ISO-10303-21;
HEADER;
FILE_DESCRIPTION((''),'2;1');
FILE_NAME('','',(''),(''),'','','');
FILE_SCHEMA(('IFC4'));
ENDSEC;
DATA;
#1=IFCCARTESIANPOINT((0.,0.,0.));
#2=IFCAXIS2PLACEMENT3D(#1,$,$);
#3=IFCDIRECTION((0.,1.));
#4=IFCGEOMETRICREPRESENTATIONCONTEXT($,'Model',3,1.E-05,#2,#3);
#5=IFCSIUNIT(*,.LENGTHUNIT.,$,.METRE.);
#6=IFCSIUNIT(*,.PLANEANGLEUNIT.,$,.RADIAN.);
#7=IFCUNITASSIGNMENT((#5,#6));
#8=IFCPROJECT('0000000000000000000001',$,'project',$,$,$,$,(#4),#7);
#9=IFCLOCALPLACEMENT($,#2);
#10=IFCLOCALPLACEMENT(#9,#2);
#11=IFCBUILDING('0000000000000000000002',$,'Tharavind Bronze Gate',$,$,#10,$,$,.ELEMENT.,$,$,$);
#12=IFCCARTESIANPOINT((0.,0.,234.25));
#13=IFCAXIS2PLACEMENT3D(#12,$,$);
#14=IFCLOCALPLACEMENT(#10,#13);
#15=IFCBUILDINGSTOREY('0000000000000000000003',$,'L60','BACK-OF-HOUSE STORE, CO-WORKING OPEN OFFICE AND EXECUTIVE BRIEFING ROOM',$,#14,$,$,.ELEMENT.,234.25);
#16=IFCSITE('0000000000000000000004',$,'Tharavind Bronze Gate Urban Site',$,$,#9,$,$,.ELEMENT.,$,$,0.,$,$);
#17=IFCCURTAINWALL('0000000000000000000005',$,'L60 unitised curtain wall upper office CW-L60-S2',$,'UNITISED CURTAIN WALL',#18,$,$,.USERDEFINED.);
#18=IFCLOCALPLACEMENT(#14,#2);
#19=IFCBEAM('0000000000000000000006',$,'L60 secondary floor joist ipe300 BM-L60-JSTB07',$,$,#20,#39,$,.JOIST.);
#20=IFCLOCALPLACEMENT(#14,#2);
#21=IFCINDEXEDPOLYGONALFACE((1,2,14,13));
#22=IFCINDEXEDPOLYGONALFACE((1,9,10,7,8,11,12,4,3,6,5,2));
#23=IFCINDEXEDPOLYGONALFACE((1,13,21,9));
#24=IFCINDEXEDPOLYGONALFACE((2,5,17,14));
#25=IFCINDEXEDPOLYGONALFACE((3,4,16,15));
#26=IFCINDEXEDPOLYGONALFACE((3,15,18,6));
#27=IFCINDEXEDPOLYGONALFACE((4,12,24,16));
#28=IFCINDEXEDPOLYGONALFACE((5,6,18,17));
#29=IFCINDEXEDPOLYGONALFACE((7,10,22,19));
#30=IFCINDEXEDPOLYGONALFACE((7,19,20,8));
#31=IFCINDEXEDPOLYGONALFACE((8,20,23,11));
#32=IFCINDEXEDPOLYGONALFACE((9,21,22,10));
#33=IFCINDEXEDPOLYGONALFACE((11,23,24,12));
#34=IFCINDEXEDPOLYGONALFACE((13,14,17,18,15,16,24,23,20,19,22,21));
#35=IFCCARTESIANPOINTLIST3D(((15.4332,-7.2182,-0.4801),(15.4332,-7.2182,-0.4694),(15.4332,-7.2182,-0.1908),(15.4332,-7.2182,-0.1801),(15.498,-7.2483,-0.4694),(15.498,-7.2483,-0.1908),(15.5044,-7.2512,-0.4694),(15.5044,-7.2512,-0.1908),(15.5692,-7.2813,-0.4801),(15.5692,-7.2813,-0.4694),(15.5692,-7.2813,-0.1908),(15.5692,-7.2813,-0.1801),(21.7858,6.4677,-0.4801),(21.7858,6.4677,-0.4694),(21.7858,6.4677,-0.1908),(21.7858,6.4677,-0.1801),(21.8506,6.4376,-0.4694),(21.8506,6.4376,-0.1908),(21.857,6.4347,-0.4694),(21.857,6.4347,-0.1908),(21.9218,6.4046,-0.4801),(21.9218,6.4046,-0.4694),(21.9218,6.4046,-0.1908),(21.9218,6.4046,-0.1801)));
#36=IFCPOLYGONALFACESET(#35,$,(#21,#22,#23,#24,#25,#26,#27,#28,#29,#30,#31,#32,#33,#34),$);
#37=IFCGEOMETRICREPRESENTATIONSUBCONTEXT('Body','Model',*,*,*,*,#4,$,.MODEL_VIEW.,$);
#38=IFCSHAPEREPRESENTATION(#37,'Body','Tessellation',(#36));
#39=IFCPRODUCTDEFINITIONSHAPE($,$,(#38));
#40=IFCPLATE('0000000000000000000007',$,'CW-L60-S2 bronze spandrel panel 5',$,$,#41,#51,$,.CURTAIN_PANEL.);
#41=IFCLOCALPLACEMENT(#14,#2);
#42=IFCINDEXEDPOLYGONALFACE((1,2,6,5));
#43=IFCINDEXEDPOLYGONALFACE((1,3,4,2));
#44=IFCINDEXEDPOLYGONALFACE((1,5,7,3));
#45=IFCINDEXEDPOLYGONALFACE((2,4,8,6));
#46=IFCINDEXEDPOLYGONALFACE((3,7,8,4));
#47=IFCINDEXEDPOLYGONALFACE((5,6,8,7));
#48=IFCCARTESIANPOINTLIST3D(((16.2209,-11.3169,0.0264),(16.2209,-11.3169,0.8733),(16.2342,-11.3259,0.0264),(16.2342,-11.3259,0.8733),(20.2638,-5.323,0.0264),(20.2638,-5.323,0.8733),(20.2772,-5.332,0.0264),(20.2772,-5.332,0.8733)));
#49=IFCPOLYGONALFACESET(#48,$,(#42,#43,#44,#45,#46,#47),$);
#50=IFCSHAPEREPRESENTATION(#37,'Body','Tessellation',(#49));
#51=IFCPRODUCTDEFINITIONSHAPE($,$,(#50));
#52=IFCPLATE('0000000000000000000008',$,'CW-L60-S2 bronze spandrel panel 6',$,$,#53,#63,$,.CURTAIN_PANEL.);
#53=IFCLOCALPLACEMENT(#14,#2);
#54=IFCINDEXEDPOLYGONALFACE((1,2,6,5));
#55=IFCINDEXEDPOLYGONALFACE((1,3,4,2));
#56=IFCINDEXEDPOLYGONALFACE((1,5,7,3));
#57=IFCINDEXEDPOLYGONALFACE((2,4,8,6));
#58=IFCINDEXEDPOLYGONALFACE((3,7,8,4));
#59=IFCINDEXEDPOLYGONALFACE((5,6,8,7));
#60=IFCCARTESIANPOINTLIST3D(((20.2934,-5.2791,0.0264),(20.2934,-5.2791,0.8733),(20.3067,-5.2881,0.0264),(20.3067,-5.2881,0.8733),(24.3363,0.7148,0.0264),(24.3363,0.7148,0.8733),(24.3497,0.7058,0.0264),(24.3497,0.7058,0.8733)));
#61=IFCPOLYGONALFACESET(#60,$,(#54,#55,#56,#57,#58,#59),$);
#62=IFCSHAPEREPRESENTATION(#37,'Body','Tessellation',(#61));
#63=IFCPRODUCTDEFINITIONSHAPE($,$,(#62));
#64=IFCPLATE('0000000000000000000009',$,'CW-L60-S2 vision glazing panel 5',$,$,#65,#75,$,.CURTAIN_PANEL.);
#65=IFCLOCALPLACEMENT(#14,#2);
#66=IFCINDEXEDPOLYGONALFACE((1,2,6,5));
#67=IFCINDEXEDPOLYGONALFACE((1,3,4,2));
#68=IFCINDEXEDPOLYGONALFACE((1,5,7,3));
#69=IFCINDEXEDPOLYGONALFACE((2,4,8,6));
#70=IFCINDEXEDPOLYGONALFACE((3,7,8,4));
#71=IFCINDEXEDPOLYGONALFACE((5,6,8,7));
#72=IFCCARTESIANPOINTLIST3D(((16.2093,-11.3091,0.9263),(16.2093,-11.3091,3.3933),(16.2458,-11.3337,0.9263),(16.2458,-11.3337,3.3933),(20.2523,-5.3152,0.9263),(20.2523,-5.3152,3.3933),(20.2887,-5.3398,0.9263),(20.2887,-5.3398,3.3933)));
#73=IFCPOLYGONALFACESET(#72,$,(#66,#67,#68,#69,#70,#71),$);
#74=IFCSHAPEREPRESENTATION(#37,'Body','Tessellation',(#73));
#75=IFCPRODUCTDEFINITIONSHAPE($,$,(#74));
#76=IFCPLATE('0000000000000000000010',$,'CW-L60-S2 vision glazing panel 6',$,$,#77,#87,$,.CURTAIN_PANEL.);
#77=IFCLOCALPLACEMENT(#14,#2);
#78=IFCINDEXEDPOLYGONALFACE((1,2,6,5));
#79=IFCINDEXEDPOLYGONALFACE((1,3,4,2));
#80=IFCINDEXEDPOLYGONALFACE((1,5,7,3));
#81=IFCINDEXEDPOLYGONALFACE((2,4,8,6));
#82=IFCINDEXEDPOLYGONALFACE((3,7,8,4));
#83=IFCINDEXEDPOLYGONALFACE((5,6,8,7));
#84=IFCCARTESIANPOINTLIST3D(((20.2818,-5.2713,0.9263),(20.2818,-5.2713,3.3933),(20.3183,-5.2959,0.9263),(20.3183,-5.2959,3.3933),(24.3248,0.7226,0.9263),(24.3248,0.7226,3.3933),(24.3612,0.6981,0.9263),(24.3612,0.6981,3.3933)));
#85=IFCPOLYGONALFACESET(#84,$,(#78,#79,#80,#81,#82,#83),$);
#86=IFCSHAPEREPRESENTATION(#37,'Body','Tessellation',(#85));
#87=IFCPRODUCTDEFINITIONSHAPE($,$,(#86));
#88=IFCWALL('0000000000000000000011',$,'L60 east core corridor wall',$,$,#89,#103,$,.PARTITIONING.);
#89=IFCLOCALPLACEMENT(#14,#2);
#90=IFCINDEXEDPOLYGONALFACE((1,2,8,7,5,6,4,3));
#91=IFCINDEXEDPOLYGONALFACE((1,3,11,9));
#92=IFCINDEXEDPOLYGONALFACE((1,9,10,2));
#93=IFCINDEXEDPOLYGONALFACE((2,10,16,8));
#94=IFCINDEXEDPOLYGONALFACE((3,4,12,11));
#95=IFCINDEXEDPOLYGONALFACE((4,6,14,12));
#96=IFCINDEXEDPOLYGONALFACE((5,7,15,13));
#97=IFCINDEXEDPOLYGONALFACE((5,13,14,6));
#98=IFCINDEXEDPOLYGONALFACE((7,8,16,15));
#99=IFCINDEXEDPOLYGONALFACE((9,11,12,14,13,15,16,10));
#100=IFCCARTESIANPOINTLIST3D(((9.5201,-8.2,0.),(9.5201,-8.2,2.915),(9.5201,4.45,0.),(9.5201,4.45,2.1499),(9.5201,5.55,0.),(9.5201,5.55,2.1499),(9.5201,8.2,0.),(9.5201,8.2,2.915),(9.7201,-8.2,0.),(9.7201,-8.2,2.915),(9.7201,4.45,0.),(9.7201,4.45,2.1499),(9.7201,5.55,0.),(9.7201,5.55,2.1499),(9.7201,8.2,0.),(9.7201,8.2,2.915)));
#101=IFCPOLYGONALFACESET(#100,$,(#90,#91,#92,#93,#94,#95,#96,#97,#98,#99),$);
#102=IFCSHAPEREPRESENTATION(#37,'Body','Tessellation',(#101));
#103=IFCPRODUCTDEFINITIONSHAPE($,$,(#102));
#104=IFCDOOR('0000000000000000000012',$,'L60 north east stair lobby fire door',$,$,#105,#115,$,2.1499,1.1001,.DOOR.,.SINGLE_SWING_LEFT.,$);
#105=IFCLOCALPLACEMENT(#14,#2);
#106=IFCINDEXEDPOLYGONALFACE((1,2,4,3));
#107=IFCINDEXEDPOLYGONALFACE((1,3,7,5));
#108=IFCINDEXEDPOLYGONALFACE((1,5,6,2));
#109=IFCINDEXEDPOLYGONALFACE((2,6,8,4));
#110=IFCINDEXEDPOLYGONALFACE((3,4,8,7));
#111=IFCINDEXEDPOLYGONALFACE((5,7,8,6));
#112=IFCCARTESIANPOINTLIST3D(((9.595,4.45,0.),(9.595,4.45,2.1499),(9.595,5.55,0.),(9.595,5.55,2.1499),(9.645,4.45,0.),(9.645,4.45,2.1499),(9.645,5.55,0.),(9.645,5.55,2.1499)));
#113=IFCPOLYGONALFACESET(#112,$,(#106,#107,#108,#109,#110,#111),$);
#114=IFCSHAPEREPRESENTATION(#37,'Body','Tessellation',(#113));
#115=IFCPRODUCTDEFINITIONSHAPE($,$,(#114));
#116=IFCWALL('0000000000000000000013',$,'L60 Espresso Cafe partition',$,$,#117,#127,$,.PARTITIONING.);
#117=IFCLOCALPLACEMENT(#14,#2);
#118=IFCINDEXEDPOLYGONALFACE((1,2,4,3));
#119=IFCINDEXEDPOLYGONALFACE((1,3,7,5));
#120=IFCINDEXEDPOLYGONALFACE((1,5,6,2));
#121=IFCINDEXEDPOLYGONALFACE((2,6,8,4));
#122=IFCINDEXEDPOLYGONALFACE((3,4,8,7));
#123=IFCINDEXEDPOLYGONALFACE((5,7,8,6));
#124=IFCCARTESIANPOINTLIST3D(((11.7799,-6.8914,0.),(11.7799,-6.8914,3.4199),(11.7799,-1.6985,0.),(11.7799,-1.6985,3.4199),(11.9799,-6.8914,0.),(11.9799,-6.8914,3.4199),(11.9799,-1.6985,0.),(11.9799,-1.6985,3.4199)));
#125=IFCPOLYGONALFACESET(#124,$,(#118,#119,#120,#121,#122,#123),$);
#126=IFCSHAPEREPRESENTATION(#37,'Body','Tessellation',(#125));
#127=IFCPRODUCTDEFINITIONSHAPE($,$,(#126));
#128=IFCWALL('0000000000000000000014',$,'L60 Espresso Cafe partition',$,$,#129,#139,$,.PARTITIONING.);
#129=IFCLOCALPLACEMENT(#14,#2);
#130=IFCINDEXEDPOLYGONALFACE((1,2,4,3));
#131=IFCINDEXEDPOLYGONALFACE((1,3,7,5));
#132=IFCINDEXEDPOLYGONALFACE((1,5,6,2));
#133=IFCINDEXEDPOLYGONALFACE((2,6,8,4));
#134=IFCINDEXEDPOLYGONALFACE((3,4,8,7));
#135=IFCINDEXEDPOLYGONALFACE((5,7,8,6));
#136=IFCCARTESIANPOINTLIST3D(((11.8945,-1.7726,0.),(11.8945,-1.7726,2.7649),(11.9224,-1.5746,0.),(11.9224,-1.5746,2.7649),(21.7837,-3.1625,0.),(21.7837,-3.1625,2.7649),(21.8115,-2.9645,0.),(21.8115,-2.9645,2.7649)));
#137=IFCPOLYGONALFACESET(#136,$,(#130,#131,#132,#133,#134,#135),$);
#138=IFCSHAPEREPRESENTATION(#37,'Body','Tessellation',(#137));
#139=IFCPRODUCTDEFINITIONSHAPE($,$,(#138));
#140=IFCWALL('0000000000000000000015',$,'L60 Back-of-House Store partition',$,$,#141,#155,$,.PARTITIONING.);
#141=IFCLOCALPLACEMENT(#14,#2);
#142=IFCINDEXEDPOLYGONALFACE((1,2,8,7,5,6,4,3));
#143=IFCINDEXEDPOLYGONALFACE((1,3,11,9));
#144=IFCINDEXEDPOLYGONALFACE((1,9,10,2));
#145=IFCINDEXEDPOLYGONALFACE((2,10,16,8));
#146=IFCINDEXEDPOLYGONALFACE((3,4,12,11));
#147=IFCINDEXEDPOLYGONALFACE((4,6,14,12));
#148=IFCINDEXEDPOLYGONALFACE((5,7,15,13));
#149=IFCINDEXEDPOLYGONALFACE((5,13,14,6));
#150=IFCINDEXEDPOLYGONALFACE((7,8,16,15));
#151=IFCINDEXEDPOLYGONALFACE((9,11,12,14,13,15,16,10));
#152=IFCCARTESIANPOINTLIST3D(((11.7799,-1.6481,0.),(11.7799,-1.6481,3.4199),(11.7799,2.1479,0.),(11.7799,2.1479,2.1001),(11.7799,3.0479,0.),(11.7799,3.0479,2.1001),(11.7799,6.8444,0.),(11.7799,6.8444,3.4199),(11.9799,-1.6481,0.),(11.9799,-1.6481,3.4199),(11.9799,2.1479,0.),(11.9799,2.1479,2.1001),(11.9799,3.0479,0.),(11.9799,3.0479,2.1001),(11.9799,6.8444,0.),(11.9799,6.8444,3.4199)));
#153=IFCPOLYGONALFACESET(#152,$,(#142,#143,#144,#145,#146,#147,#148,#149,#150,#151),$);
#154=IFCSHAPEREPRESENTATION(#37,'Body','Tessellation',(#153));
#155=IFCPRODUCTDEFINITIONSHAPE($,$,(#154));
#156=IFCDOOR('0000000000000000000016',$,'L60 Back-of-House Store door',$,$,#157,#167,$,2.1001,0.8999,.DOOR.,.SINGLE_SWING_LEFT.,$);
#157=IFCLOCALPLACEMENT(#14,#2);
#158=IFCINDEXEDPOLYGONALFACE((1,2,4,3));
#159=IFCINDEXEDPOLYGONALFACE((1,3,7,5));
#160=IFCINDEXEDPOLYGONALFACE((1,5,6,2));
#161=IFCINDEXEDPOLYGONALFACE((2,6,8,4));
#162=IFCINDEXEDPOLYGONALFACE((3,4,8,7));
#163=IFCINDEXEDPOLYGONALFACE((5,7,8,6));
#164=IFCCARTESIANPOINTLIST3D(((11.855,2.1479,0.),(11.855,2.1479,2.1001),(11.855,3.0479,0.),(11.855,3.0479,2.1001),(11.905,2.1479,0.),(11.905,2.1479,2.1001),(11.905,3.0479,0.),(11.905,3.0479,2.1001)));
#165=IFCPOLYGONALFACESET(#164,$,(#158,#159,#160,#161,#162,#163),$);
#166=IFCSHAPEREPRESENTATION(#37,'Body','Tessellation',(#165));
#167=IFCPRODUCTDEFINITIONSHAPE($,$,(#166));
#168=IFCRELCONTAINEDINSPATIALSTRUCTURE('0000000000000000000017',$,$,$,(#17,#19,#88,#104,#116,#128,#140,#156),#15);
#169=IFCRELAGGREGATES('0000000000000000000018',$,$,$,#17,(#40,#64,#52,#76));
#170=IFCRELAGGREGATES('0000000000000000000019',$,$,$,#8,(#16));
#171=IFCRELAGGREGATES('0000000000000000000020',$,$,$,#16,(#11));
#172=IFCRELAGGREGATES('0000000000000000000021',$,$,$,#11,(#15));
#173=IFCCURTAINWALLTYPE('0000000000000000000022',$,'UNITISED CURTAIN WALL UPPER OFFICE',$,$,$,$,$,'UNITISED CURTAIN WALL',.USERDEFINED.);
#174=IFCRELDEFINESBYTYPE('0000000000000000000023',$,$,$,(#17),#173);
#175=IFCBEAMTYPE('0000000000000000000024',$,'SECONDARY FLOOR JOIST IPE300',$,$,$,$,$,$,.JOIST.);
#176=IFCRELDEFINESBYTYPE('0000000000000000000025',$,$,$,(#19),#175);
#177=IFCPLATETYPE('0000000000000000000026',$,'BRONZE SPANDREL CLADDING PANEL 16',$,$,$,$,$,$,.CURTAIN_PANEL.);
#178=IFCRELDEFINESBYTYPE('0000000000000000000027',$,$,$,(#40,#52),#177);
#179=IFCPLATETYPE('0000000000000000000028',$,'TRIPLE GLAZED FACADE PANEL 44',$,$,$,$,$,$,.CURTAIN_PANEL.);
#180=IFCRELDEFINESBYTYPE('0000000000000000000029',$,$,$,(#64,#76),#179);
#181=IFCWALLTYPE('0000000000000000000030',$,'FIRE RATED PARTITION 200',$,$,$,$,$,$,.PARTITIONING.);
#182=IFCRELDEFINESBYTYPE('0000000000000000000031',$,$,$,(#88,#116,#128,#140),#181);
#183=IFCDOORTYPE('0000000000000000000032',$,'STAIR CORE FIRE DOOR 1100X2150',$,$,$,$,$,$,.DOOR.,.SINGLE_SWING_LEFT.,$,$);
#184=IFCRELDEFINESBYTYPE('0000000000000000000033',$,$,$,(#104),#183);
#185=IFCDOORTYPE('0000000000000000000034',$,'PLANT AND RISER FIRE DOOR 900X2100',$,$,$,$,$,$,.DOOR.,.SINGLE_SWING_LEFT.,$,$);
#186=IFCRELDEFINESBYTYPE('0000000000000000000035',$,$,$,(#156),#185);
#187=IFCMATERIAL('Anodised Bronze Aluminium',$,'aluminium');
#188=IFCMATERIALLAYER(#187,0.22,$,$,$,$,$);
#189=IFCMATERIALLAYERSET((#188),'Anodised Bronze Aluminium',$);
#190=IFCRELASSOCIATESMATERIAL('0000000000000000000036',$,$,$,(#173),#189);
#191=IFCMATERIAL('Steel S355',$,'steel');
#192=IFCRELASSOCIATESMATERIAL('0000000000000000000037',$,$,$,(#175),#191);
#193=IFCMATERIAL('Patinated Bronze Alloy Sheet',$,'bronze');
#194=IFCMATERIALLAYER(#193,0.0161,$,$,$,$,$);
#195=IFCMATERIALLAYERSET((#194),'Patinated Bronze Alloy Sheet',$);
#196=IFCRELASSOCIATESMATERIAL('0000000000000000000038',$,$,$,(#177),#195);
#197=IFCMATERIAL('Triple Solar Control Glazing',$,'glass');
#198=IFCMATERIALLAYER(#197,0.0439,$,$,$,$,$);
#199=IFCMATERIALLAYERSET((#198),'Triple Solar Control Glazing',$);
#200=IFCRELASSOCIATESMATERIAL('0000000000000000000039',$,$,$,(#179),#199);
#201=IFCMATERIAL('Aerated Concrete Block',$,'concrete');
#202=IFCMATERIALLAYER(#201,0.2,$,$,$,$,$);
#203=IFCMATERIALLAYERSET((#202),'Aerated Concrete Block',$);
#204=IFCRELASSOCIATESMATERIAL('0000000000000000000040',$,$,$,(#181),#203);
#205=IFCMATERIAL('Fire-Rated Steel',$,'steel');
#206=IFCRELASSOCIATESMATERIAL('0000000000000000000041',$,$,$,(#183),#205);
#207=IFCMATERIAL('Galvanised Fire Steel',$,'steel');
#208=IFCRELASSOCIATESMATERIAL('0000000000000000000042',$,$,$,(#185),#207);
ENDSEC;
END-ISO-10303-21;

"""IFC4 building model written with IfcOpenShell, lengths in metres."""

from ifc_helpers import new_model, si_unit, direction, frame, frame_2d, origin, origin_2d, place, context, subcontext, project, spatial, rectangle, i_section, extrude, material, layer, layer_set, material_profile, profile_set, type_object, element, fill, aggregate, save


model = new_model("IFC4")

# Units and contexts
model_context = context("Model", 3, precision=1e-05, world=origin(), true_north=direction((0.0, 1.0)))
body_context = subcontext(model_context, "Body", "Model", "MODEL_VIEW")
ifc_project = project(units=[si_unit("LENGTHUNIT", "METRE"), si_unit("PLANEANGLEUNIT", "RADIAN")], contexts=[model_context])

# Site, building, storey
site_placement = place(None, origin())
site = spatial("IfcSite", under=ifc_project, at=site_placement, Name="Tharavind Bronze Gate Urban Site", CompositionType="ELEMENT", RefElevation=0.0)
building_placement = place(site_placement, origin())
building = spatial("IfcBuilding", under=site, at=building_placement, Name="Tharavind Bronze Gate", CompositionType="ELEMENT")
storey_placement = place(building_placement, frame((0.0, 0.0, 234.25)))
storey = spatial("IfcBuildingStorey", under=building, at=storey_placement, Name="L60", Description="BACK-OF-HOUSE STORE, CO-WORKING OPEN OFFICE AND EXECUTIVE BRIEFING ROOM", CompositionType="ELEMENT", Elevation=234.25)

# Curtain wall
ifc_material_1 = material(Name="Anodised Bronze Aluminium", Category="aluminium")
ifc_layer_1 = layer(ifc_material_1, 0.22)
ifc_layer_set_1 = layer_set([ifc_layer_1], Name="Anodised Bronze Aluminium")
curtain_wall_type = type_object("IfcCurtainWallType", Name="UNITISED CURTAIN WALL UPPER OFFICE", ElementType="UNITISED CURTAIN WALL", PredefinedType="USERDEFINED", material=ifc_layer_set_1)
curtain_wall_placement = place(storey_placement, origin())
curtain_wall = element("IfcCurtainWall", 1, at=curtain_wall_placement, inside=storey, type_object=curtain_wall_type, Name="L60 unitised curtain wall upper office CW-L60-S2", ObjectType="UNITISED CURTAIN WALL", PredefinedType="USERDEFINED")

# Beam
ifc_material_2 = material(Name="Steel S355", Category="steel")
ifc_material_profile_1 = material_profile(ifc_material_2, i_section(OverallWidth=0.1499, OverallDepth=0.3, WebThickness=0.0071, FlangeThickness=0.0107, at=origin_2d()), Name="IPE300")
ifc_profile_set_1 = profile_set([ifc_material_profile_1], Name="Steel S355")
beam_type_1 = type_object("IfcBeamType", Name="SECONDARY FLOOR JOIST IPE300", PredefinedType="JOIST", material=ifc_profile_set_1)
beam_1_placement = place(storey_placement, frame((15.5012, -7.2498, -0.3301), z_axis=(0.421025, 0.907049, 0.0), x_axis=(-0.907049, 0.421025, 0.0)))
element("IfcBeam", 2, at=beam_1_placement, inside=storey, type_object=beam_type_1, Name="L60 secondary floor joist ipe300 BM-L60-JSTB07", PredefinedType="JOIST", context=body_context, shape_type="SweptSolid", body=[
    extrude(i_section(OverallWidth=0.1499, OverallDepth=0.3, WebThickness=0.0071, FlangeThickness=0.0107, at=origin_2d()), origin(), (0.0, 0.0, 1.0), 15.0884),
])

# Plates
ifc_material_3 = material(Name="Patinated Bronze Alloy Sheet", Category="bronze")
ifc_layer_2 = layer(ifc_material_3, 0.0161)
ifc_layer_set_2 = layer_set([ifc_layer_2], Name="Patinated Bronze Alloy Sheet")
plate_type_1 = type_object("IfcPlateType", Name="BRONZE SPANDREL CLADDING PANEL 16", PredefinedType="CURTAIN_PANEL", material=ifc_layer_set_2)
plate_1_placement = place(storey_placement, frame((18.249, -8.3245, 0.0264), z_axis=(0.0, 0.0, 1.0), x_axis=(0.559193, 0.829038, 0.0)))
plate_1 = element("IfcPlate", 3, at=plate_1_placement, type_object=plate_type_1, Name="CW-L60-S2 bronze spandrel panel 5", PredefinedType="CURTAIN_PANEL", context=body_context, shape_type="SweptSolid", body=[
    extrude(rectangle(XDim=7.23, YDim=0.0161, at=origin_2d()), origin(), (0.0, 0.0, 1.0), 0.8469),
])
plate_2_placement = place(storey_placement, frame((22.3215, -2.2866, 0.0264), z_axis=(0.0, 0.0, 1.0), x_axis=(0.559193, 0.829038, 0.0)))
plate_2 = element("IfcPlate", 4, at=plate_2_placement, type_object=plate_type_1, Name="CW-L60-S2 bronze spandrel panel 6", PredefinedType="CURTAIN_PANEL", context=body_context, shape_type="SweptSolid", body=[
    extrude(rectangle(XDim=7.23, YDim=0.0161, at=origin_2d()), origin(), (0.0, 0.0, 1.0), 0.8469),
])
ifc_material_4 = material(Name="Triple Solar Control Glazing", Category="glass")
ifc_layer_3 = layer(ifc_material_4, 0.0439)
ifc_layer_set_3 = layer_set([ifc_layer_3], Name="Triple Solar Control Glazing")
plate_type_2 = type_object("IfcPlateType", Name="TRIPLE GLAZED FACADE PANEL 44", PredefinedType="CURTAIN_PANEL", material=ifc_layer_set_3)
plate_3_placement = place(storey_placement, frame((18.249, -8.3245, 0.9263), z_axis=(0.0, 0.0, 1.0), x_axis=(0.559193, 0.829038, 0.0)))
plate_3 = element("IfcPlate", 5, at=plate_3_placement, type_object=plate_type_2, Name="CW-L60-S2 vision glazing panel 5", PredefinedType="CURTAIN_PANEL", context=body_context, shape_type="SweptSolid", body=[
    extrude(rectangle(XDim=7.23, YDim=0.0439, at=origin_2d()), origin(), (0.0, 0.0, 1.0), 2.467),
])
plate_4_placement = place(storey_placement, frame((22.3215, -2.2866, 0.9263), z_axis=(0.0, 0.0, 1.0), x_axis=(0.559193, 0.829038, 0.0)))
plate_4 = element("IfcPlate", 6, at=plate_4_placement, type_object=plate_type_2, Name="CW-L60-S2 vision glazing panel 6", PredefinedType="CURTAIN_PANEL", context=body_context, shape_type="SweptSolid", body=[
    extrude(rectangle(XDim=7.23, YDim=0.0439, at=origin_2d()), origin(), (0.0, 0.0, 1.0), 2.467),
])
aggregate(curtain_wall, [plate_1, plate_3, plate_2, plate_4])

# Wall, opening, door
ifc_material_5 = material(Name="Aerated Concrete Block", Category="concrete")
ifc_layer_4 = layer(ifc_material_5, 0.2)
ifc_layer_set_4 = layer_set([ifc_layer_4], Name="Aerated Concrete Block")
wall_type_1 = type_object("IfcWallType", Name="FIRE RATED PARTITION 200", PredefinedType="PARTITIONING", material=ifc_layer_set_4)
wall_1_placement = place(storey_placement, frame((9.6201, -8.2, 0.0), z_axis=(0.0, 0.0, 1.0), x_axis=(0.0, 1.0, 0.0)))
wall_1 = element("IfcWall", 7, at=wall_1_placement, inside=storey, type_object=wall_type_1, Name="L60 east core corridor wall", PredefinedType="PARTITIONING", context=body_context, shape_type="SweptSolid", body=[
    extrude(rectangle(XDim=16.3999, YDim=0.2, at=frame_2d((8.2, 0.0))), origin(), (0.0, 0.0, 1.0), 2.915),
])
opening_1_placement = place(wall_1_placement, frame((12.6499, 0.0, 0.0)))
opening_1 = element("IfcOpeningElement", 8, at=opening_1_placement, cuts=wall_1, PredefinedType="OPENING", context=body_context, shape_type="SweptSolid", body=[
    extrude(rectangle(XDim=1.1001, YDim=2.1499, at=frame_2d((0.55, 1.075))), frame((0.0, 0.1101, 0.0), z_axis=(0.0, -1.0, 0.0), x_axis=(1.0, 0.0, 0.0)), (0.0, 0.0, 1.0), 0.22),
])
ifc_material_6 = material(Name="Fire-Rated Steel", Category="steel")
door_type_1 = type_object("IfcDoorType", Name="STAIR CORE FIRE DOOR 1100X2150", OperationType="SINGLE_SWING_LEFT", PredefinedType="DOOR", material=ifc_material_6)
door_1_placement = place(opening_1_placement, frame((1.1001, 0.0, 0.0), z_axis=(0.0, 0.0, 1.0), x_axis=(-1.0, 0.0, 0.0)))
door_1 = element("IfcDoor", 9, at=door_1_placement, inside=storey, type_object=door_type_1, Name="L60 north east stair lobby fire door", OperationType="SINGLE_SWING_LEFT", OverallHeight=2.1499, OverallWidth=1.1001, PredefinedType="DOOR", context=body_context, shape_type="SweptSolid", body=[
    extrude(rectangle(XDim=1.1001, YDim=2.1499, at=frame_2d((0.55, 1.075))), frame((0.0, 0.0249, 0.0), z_axis=(0.0, -1.0, 0.0), x_axis=(1.0, 0.0, 0.0)), (0.0, 0.0, 1.0), 0.05),
])
fill(opening_1, door_1)

# Walls
wall_2_placement = place(storey_placement, frame((11.8799, -6.8914, 0.0), z_axis=(0.0, 0.0, 1.0), x_axis=(0.0, 1.0, 0.0)))
element("IfcWall", 10, at=wall_2_placement, inside=storey, type_object=wall_type_1, Name="L60 Espresso Cafe partition", PredefinedType="PARTITIONING", context=body_context, shape_type="SweptSolid", body=[
    extrude(rectangle(XDim=5.1929, YDim=0.2, at=frame_2d((2.5964, 0.0))), origin(), (0.0, 0.0, 1.0), 3.4199),
])
wall_3_placement = place(storey_placement, frame((11.9084, -1.6736, 0.0), z_axis=(0.0, 0.0, 1.0), x_axis=(0.990267, -0.139179, 0.0)))
element("IfcWall", 11, at=wall_3_placement, inside=storey, type_object=wall_type_1, Name="L60 Espresso Cafe partition", PredefinedType="PARTITIONING", context=body_context, shape_type="SweptSolid", body=[
    extrude(rectangle(XDim=9.9863, YDim=0.2, at=frame_2d((4.9932, 0.0))), origin(), (0.0, 0.0, 1.0), 2.7649),
])

# Wall, opening, door
wall_4_placement = place(storey_placement, frame((11.8799, -1.6479, 0.0), z_axis=(0.0, 0.0, 1.0), x_axis=(0.0, 1.0, 0.0)))
wall_4 = element("IfcWall", 12, at=wall_4_placement, inside=storey, type_object=wall_type_1, Name="L60 Back-of-House Store partition", PredefinedType="PARTITIONING", context=body_context, shape_type="SweptSolid", body=[
    extrude(rectangle(XDim=8.4924, YDim=0.2, at=frame_2d((4.2461, 0.0))), origin(), (0.0, 0.0, 1.0), 3.4199),
])
opening_2_placement = place(wall_4_placement, frame((3.7959, 0.0, 0.0)))
opening_2 = element("IfcOpeningElement", 13, at=opening_2_placement, cuts=wall_4, PredefinedType="OPENING", context=body_context, shape_type="SweptSolid", body=[
    extrude(rectangle(XDim=0.8999, YDim=2.1001, at=frame_2d((0.45, 1.05))), frame((0.0, 0.1101, 0.0), z_axis=(0.0, -1.0, 0.0), x_axis=(1.0, 0.0, 0.0)), (0.0, 0.0, 1.0), 0.22),
])
ifc_material_7 = material(Name="Galvanised Fire Steel", Category="steel")
door_type_2 = type_object("IfcDoorType", Name="PLANT AND RISER FIRE DOOR 900X2100", OperationType="SINGLE_SWING_LEFT", PredefinedType="DOOR", material=ifc_material_7)
door_2_placement = place(opening_2_placement, origin())
door_2 = element("IfcDoor", 14, at=door_2_placement, inside=storey, type_object=door_type_2, Name="L60 Back-of-House Store door", OperationType="SINGLE_SWING_LEFT", OverallHeight=2.1001, OverallWidth=0.8999, PredefinedType="DOOR", context=body_context, shape_type="SweptSolid", body=[
    extrude(rectangle(XDim=0.8999, YDim=2.1001, at=frame_2d((0.45, 1.05))), frame((0.0, 0.0249, 0.0), z_axis=(0.0, -1.0, 0.0), x_axis=(1.0, 0.0, 0.0)), (0.0, 0.0, 1.0), 0.05),
])
fill(opening_2, door_2)

save(model, "model.ifc")
